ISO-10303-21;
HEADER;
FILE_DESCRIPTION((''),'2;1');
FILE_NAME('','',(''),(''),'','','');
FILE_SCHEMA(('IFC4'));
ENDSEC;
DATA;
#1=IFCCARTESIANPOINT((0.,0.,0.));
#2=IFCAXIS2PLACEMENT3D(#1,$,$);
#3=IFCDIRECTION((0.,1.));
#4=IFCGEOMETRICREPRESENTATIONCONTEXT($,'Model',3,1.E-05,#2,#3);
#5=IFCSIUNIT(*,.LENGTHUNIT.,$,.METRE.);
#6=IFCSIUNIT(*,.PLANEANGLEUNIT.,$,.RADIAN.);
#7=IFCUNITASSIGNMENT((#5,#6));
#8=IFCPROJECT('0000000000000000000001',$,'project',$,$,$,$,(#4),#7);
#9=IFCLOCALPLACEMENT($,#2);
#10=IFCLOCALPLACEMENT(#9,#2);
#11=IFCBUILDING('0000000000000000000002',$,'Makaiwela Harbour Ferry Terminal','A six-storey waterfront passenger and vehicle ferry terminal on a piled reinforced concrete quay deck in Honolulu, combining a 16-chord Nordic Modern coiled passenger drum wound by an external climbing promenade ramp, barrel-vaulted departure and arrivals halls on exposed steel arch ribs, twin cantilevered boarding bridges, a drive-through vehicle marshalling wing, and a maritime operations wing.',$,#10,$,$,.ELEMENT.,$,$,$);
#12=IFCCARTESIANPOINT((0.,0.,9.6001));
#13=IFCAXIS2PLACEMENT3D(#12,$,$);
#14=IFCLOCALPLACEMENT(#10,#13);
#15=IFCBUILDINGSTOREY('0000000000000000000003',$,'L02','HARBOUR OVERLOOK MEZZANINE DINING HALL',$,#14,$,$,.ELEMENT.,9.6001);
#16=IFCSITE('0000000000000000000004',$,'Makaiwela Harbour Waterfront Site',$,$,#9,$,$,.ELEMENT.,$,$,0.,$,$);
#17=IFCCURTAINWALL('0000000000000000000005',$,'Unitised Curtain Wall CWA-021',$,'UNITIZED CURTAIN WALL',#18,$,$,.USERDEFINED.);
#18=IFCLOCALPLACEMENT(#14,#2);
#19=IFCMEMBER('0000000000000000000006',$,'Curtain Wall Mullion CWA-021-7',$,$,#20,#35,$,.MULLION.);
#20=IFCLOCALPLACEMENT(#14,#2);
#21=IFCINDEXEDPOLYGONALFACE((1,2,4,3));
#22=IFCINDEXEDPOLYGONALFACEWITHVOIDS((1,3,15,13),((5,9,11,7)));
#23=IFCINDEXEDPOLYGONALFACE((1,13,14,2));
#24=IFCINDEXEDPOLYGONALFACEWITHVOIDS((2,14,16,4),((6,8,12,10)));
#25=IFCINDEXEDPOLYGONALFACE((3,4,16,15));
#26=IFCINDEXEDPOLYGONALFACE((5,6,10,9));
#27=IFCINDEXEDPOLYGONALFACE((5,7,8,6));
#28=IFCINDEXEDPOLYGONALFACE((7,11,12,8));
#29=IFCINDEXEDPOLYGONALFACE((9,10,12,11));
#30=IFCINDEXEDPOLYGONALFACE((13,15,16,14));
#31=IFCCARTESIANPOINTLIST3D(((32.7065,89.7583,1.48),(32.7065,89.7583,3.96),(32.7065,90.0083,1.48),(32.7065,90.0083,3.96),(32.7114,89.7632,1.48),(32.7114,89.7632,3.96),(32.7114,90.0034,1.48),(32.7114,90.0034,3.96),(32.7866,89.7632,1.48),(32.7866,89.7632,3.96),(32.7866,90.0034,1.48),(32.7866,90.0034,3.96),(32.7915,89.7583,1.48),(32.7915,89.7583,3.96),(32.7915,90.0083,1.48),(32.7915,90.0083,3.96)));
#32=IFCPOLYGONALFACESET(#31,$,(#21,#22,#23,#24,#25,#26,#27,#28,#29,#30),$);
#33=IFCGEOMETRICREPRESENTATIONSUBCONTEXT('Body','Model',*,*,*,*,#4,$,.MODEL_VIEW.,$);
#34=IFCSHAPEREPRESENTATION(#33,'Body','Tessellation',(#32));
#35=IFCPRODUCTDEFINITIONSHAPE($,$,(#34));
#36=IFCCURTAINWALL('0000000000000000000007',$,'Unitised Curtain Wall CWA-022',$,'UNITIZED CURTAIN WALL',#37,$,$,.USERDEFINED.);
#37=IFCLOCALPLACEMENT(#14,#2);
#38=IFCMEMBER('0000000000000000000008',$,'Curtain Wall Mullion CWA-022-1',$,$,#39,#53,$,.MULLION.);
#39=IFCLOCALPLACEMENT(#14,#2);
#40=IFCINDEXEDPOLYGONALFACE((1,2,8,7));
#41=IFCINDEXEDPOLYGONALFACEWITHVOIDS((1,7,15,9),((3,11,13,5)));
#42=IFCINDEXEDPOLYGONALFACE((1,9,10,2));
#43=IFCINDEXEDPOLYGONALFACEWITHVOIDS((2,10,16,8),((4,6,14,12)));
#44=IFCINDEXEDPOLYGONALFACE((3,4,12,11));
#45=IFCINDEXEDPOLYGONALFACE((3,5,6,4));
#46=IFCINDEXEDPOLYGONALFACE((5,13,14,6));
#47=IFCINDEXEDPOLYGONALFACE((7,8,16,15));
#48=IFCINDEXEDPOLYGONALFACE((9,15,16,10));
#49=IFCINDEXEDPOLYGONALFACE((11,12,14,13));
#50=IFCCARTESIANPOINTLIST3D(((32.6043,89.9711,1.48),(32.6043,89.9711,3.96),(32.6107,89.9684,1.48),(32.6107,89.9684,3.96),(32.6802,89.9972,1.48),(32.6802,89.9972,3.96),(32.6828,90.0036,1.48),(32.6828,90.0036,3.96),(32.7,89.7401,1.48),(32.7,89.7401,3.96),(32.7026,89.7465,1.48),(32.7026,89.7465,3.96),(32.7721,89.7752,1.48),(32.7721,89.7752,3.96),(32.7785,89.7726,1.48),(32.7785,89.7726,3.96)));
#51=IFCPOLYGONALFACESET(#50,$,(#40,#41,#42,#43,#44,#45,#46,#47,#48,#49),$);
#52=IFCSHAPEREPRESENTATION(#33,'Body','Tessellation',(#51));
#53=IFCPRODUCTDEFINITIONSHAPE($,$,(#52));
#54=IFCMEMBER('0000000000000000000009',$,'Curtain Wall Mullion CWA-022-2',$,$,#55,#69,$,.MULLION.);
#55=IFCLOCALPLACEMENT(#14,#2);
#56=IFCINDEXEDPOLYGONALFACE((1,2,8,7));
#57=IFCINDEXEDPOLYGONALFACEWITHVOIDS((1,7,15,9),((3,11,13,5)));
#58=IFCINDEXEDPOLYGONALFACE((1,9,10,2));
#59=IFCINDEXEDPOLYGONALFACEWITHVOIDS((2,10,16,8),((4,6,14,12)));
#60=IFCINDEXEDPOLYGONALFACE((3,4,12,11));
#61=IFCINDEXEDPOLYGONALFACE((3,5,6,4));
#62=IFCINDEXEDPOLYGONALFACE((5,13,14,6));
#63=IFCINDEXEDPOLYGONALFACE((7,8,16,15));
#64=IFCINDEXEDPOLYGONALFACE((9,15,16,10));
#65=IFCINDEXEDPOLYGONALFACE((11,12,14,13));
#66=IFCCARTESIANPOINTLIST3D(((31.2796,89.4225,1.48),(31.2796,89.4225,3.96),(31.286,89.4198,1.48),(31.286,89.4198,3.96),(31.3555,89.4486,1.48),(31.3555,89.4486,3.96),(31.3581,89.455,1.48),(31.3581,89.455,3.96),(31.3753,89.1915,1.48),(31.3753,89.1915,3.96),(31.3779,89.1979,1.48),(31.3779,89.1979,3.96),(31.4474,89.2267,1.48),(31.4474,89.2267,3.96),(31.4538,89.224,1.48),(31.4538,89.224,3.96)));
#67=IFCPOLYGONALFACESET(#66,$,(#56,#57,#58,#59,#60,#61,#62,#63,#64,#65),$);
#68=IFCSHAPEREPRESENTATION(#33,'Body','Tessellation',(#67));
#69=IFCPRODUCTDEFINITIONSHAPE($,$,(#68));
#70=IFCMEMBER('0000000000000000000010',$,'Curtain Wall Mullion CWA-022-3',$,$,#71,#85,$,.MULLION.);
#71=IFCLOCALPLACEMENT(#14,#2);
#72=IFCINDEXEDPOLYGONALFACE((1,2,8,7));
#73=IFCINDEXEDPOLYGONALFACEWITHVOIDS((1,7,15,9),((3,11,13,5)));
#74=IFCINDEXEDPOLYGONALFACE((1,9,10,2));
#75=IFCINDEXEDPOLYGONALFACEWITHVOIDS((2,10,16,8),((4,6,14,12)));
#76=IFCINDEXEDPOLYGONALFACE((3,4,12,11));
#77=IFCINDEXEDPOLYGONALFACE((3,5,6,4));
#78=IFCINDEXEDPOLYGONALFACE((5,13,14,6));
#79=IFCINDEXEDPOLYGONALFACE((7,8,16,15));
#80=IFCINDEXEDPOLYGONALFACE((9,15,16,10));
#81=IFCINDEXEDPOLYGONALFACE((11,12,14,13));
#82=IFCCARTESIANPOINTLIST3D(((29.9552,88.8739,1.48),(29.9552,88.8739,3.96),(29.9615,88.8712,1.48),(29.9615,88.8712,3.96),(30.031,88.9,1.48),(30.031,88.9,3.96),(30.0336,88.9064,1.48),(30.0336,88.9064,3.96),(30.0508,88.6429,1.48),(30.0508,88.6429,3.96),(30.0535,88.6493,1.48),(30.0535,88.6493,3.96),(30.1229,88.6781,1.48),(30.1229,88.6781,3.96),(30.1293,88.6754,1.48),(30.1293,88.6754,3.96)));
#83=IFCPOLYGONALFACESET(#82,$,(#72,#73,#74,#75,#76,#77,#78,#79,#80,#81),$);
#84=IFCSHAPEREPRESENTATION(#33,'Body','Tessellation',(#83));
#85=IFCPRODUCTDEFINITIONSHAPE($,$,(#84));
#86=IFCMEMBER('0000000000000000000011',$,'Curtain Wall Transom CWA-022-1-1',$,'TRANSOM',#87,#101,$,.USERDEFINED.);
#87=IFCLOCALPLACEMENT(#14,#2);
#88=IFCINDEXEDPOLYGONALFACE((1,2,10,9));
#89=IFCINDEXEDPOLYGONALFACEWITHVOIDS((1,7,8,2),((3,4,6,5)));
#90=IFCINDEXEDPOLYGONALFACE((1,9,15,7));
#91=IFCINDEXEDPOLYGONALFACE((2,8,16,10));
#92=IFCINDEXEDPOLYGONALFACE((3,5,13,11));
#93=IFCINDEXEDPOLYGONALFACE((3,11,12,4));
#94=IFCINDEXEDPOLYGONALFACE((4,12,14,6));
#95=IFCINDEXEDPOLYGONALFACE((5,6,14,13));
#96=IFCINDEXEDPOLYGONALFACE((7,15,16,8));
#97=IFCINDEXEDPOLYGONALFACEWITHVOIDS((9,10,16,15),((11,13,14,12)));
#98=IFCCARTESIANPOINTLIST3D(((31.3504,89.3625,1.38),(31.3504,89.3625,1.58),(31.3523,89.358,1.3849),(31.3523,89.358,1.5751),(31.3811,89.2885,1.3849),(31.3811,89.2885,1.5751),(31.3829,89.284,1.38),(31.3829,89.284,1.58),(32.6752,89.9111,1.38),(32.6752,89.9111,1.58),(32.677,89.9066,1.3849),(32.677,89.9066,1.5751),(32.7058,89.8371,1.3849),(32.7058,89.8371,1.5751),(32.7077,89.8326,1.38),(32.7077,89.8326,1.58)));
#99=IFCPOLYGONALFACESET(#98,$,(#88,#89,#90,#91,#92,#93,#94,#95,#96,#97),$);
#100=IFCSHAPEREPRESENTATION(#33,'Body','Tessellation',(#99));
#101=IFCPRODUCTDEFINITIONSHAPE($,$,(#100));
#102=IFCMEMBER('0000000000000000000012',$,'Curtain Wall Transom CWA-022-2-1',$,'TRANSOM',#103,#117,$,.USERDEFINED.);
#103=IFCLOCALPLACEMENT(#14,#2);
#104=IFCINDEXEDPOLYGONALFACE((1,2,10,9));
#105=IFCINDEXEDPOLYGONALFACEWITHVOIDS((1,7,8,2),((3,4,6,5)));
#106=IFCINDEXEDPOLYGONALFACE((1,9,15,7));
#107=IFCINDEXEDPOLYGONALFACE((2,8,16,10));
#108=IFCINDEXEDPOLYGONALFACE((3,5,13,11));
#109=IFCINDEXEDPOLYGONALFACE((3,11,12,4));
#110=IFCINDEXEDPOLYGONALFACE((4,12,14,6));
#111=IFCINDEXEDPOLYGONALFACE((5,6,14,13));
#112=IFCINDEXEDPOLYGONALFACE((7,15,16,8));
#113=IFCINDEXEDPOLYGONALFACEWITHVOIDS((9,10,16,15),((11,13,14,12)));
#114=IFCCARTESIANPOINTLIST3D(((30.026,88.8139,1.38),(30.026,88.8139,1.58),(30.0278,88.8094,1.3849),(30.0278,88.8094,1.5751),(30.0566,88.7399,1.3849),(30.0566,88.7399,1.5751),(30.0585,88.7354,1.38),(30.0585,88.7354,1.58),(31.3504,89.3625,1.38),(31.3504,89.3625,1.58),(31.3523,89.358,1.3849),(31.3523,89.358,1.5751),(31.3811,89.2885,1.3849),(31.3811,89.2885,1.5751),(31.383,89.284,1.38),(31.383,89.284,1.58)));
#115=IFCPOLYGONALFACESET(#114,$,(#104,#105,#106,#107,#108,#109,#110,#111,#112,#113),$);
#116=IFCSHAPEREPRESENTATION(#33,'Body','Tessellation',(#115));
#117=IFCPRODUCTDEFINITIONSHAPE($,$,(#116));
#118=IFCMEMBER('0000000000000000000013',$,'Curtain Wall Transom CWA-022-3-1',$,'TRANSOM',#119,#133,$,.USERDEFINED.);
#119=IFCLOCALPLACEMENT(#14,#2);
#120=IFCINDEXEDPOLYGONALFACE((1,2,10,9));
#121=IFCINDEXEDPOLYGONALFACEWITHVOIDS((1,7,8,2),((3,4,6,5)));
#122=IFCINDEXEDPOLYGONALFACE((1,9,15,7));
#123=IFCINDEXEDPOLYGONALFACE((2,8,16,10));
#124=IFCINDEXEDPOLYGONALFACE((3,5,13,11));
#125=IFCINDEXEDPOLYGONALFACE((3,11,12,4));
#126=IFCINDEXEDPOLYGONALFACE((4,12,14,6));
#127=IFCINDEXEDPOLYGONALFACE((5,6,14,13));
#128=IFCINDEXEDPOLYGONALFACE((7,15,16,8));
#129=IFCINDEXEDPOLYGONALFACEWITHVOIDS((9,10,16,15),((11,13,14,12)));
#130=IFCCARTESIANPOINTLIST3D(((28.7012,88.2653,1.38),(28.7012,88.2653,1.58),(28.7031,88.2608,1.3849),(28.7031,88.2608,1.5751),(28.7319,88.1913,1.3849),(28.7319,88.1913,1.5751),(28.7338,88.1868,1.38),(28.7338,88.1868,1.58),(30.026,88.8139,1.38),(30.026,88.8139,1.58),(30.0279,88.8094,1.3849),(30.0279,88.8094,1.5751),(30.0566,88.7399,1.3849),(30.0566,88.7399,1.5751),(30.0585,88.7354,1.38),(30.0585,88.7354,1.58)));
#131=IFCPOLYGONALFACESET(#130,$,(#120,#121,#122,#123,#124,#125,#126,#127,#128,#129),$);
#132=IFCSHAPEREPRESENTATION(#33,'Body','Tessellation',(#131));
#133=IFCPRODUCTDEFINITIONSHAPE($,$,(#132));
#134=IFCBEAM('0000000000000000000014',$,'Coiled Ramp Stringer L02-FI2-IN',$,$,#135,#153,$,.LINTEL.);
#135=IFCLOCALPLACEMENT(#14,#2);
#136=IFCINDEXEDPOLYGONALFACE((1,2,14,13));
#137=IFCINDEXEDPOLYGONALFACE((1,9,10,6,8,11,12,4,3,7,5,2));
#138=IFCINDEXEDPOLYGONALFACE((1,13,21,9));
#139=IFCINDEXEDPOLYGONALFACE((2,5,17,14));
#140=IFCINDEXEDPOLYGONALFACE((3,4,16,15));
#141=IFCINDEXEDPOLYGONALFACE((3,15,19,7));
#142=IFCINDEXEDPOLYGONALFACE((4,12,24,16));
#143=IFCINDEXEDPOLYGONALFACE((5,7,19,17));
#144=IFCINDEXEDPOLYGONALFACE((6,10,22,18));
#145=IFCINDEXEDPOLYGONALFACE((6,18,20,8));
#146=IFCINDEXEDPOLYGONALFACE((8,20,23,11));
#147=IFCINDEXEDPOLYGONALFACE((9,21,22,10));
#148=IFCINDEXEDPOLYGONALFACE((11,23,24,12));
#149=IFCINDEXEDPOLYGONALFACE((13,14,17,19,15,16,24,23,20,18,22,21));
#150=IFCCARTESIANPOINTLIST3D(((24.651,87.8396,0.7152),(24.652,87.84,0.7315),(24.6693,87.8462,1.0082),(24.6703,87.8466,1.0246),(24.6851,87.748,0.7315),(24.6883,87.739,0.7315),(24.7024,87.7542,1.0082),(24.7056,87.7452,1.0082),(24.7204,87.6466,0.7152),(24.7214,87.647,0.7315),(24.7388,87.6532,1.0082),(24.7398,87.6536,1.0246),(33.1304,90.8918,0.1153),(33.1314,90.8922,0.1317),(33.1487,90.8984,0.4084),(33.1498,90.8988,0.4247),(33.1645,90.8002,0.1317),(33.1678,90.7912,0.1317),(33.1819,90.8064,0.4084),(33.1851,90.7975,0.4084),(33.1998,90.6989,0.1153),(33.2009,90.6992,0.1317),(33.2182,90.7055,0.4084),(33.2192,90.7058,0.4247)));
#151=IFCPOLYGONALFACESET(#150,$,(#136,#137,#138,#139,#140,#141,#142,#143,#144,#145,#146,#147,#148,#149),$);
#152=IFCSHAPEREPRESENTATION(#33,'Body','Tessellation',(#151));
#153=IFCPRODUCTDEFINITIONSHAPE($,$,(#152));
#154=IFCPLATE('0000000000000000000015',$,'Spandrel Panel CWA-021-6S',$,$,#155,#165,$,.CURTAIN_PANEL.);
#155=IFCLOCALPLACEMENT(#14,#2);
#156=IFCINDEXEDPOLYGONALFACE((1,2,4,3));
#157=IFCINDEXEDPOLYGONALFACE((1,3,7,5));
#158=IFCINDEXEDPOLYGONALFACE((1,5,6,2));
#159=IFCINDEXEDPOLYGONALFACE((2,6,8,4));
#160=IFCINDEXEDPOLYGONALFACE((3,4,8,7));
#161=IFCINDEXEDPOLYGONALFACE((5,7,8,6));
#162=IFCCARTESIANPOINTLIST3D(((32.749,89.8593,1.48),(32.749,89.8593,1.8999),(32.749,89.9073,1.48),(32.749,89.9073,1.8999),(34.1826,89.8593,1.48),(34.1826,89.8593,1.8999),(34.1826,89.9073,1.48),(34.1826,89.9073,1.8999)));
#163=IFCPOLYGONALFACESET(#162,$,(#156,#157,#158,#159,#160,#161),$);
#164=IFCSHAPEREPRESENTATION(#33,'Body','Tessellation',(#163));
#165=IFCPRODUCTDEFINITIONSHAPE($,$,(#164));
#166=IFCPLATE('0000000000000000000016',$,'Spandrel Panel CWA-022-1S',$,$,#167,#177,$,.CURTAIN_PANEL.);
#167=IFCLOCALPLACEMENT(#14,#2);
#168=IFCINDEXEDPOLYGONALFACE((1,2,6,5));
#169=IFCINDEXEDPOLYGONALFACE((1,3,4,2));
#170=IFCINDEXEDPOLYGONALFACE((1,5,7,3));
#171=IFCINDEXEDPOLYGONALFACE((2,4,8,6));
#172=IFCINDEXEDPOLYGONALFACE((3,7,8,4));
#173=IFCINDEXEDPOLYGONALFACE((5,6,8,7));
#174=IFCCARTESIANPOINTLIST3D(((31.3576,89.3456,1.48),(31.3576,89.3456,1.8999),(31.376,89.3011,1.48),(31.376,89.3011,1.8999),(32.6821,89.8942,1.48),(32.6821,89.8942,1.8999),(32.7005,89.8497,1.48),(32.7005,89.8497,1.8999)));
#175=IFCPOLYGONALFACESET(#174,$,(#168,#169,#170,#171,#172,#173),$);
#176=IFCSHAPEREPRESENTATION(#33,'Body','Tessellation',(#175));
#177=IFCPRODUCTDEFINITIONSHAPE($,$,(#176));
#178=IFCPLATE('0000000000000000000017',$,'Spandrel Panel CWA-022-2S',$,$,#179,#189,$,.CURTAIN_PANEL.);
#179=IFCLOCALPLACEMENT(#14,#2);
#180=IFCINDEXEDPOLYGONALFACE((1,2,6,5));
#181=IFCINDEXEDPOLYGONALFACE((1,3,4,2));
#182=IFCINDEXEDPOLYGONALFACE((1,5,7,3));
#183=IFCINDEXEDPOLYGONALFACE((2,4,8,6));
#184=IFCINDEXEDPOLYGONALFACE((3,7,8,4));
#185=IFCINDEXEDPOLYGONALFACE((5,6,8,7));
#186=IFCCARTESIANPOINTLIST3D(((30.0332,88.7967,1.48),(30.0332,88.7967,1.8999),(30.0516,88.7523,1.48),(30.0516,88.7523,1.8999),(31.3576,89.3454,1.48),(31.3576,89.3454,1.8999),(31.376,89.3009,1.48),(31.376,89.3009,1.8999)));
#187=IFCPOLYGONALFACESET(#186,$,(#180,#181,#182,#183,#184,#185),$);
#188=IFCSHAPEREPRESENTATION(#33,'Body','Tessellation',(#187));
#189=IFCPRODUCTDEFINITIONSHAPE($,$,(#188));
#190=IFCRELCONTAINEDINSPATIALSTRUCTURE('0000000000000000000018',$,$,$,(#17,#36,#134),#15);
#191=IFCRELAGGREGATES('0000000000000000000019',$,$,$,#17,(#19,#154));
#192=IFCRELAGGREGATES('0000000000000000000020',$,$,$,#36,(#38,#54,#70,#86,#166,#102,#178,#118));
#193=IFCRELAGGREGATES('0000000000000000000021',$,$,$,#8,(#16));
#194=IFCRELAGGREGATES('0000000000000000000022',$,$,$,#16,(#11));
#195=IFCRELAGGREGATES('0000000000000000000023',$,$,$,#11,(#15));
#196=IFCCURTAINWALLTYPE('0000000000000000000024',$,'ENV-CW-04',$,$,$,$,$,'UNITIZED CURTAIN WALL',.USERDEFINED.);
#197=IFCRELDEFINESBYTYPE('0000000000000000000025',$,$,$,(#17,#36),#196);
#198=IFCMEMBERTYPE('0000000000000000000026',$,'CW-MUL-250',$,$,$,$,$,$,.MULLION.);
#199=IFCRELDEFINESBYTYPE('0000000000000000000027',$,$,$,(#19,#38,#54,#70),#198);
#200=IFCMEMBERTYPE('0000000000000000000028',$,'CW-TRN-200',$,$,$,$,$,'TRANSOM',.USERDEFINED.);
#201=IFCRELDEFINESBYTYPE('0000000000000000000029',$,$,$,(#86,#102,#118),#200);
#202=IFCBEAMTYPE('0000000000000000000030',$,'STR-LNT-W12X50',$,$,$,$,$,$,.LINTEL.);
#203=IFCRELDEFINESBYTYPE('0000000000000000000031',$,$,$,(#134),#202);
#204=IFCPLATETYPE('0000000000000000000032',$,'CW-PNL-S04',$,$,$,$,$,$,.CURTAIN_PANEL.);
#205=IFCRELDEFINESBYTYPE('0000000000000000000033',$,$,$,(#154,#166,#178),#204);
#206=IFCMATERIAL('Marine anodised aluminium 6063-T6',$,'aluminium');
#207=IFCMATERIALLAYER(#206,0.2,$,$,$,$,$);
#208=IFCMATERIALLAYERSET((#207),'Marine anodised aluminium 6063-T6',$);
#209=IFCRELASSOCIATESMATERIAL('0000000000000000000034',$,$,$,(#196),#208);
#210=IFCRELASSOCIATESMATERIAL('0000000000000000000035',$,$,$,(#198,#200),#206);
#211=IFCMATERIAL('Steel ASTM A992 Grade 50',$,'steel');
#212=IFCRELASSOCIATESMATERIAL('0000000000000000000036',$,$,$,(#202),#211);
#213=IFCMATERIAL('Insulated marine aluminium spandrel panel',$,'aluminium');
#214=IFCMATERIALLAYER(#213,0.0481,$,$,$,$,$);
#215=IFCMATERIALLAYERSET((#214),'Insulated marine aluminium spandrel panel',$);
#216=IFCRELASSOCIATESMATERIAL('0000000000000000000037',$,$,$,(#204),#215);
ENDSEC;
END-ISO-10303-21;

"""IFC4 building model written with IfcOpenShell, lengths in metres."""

from ifc_helpers import new_model, si_unit, direction, frame, origin, origin_2d, place, context, subcontext, project, spatial, rectangle, hollow_rectangle, i_section, extrude, material, layer, layer_set, material_profile, profile_set, type_object, element, aggregate, save


model = new_model("IFC4")

# Units and contexts
model_context = context("Model", 3, precision=1e-05, world=origin(), true_north=direction((0.0, 1.0)))
body_context = subcontext(model_context, "Body", "Model", "MODEL_VIEW")
ifc_project = project(units=[si_unit("LENGTHUNIT", "METRE"), si_unit("PLANEANGLEUNIT", "RADIAN")], contexts=[model_context])

# Site, building, storey
site_placement = place(None, origin())
site = spatial("IfcSite", under=ifc_project, at=site_placement, Name="Makaiwela Harbour Waterfront Site", CompositionType="ELEMENT", RefElevation=0.0)
building_placement = place(site_placement, origin())
building = spatial("IfcBuilding", under=site, at=building_placement, Name="Makaiwela Harbour Ferry Terminal", Description="A six-storey waterfront passenger and vehicle ferry terminal on a piled reinforced concrete quay deck in Honolulu, combining a 16-chord Nordic Modern coiled passenger drum wound by an external climbing promenade ramp, barrel-vaulted departure and arrivals halls on exposed steel arch ribs, twin cantilevered boarding bridges, a drive-through vehicle marshalling wing, and a maritime operations wing.", CompositionType="ELEMENT")
storey_placement = place(building_placement, frame((0.0, 0.0, 9.6001)))
storey = spatial("IfcBuildingStorey", under=building, at=storey_placement, Name="L02", Description="HARBOUR OVERLOOK MEZZANINE DINING HALL", CompositionType="ELEMENT", Elevation=9.6001)

# Curtain wall, member
ifc_material_1 = material(Name="Marine anodised aluminium 6063-T6", Category="aluminium")
ifc_layer_1 = layer(ifc_material_1, 0.2)
ifc_layer_set_1 = layer_set([ifc_layer_1], Name="Marine anodised aluminium 6063-T6")
curtain_wall_type = type_object("IfcCurtainWallType", Name="ENV-CW-04", ElementType="UNITIZED CURTAIN WALL", PredefinedType="USERDEFINED", material=ifc_layer_set_1)
curtain_wall_1_placement = place(storey_placement, origin())
curtain_wall_1 = element("IfcCurtainWall", 1, at=curtain_wall_1_placement, inside=storey, type_object=curtain_wall_type, Name="Unitised Curtain Wall CWA-021", ObjectType="UNITIZED CURTAIN WALL", PredefinedType="USERDEFINED")
ifc_material_profile_1 = material_profile(ifc_material_1, hollow_rectangle(XDim=0.085, YDim=0.25, WallThickness=0.0049, at=origin_2d()), Name="CWM-250X85")
ifc_profile_set_1 = profile_set([ifc_material_profile_1], Name="Marine anodised aluminium 6063-T6")
member_type_1 = type_object("IfcMemberType", Name="CW-MUL-250", PredefinedType="MULLION", material=ifc_profile_set_1)
member_1_placement = place(storey_placement, frame((32.749, 89.8833, 1.48), z_axis=(0.0, 0.0, 1.0), x_axis=(1.0, 0.0, 0.0)))
member_1 = element("IfcMember", 2, at=member_1_placement, type_object=member_type_1, Name="Curtain Wall Mullion CWA-021-7", PredefinedType="MULLION", context=body_context, shape_type="SweptSolid", body=[
    extrude(hollow_rectangle(XDim=0.085, YDim=0.25, WallThickness=0.0049, at=origin_2d()), origin(), (0.0, 0.0, 1.0), 2.48),
])

# Curtain wall, members
curtain_wall_2_placement = place(storey_placement, origin())
curtain_wall_2 = element("IfcCurtainWall", 3, at=curtain_wall_2_placement, inside=storey, type_object=curtain_wall_type, Name="Unitised Curtain Wall CWA-022", ObjectType="UNITIZED CURTAIN WALL", PredefinedType="USERDEFINED")
member_2_placement = place(storey_placement, frame((32.6914, 89.8718, 1.48), z_axis=(0.0, 0.0, 1.0), x_axis=(0.92388, 0.382683, 0.0)))
member_2 = element("IfcMember", 4, at=member_2_placement, type_object=member_type_1, Name="Curtain Wall Mullion CWA-022-1", PredefinedType="MULLION", context=body_context, shape_type="SweptSolid", body=[
    extrude(hollow_rectangle(XDim=0.085, YDim=0.25, WallThickness=0.0049, at=origin_2d()), origin(), (0.0, 0.0, 1.0), 2.48),
])
member_3_placement = place(storey_placement, frame((31.3667, 89.3232, 1.48), z_axis=(0.0, 0.0, 1.0), x_axis=(0.92388, 0.382683, 0.0)))
member_3 = element("IfcMember", 5, at=member_3_placement, type_object=member_type_1, Name="Curtain Wall Mullion CWA-022-2", PredefinedType="MULLION", context=body_context, shape_type="SweptSolid", body=[
    extrude(hollow_rectangle(XDim=0.085, YDim=0.25, WallThickness=0.0049, at=origin_2d()), origin(), (0.0, 0.0, 1.0), 2.48),
])
member_4_placement = place(storey_placement, frame((30.0422, 88.7747, 1.48), z_axis=(0.0, 0.0, 1.0), x_axis=(0.92388, 0.382683, 0.0)))
member_4 = element("IfcMember", 6, at=member_4_placement, type_object=member_type_1, Name="Curtain Wall Mullion CWA-022-3", PredefinedType="MULLION", context=body_context, shape_type="SweptSolid", body=[
    extrude(hollow_rectangle(XDim=0.085, YDim=0.25, WallThickness=0.0049, at=origin_2d()), origin(), (0.0, 0.0, 1.0), 2.48),
])
ifc_material_profile_2 = material_profile(ifc_material_1, hollow_rectangle(XDim=0.085, YDim=0.2, WallThickness=0.0049, at=origin_2d()), Name="CWT-200X85")
ifc_profile_set_2 = profile_set([ifc_material_profile_2], Name="Marine anodised aluminium 6063-T6")
member_type_2 = type_object("IfcMemberType", Name="CW-TRN-200", ElementType="TRANSOM", PredefinedType="USERDEFINED", material=ifc_profile_set_2)
member_5_placement = place(storey_placement, frame((32.6914, 89.8718, 1.48), z_axis=(-0.923911, -0.382607, 0.0), x_axis=(0.382607, -0.923911, 0.0)))
member_5 = element("IfcMember", 7, at=member_5_placement, type_object=member_type_2, Name="Curtain Wall Transom CWA-022-1-1", ObjectType="TRANSOM", PredefinedType="USERDEFINED", context=body_context, shape_type="SweptSolid", body=[
    extrude(hollow_rectangle(XDim=0.085, YDim=0.2, WallThickness=0.0049, at=origin_2d()), origin(), (0.0, 0.0, 1.0), 1.4338),
])
member_6_placement = place(storey_placement, frame((31.3667, 89.3232, 1.48), z_axis=(-0.923886, -0.382668, 0.0), x_axis=(0.382668, -0.923886, 0.0)))
member_6 = element("IfcMember", 8, at=member_6_placement, type_object=member_type_2, Name="Curtain Wall Transom CWA-022-2-1", ObjectType="TRANSOM", PredefinedType="USERDEFINED", context=body_context, shape_type="SweptSolid", body=[
    extrude(hollow_rectangle(XDim=0.085, YDim=0.2, WallThickness=0.0049, at=origin_2d()), origin(), (0.0, 0.0, 1.0), 1.4336),
])
member_7_placement = place(storey_placement, frame((30.0422, 88.7747, 1.48), z_axis=(-0.923911, -0.382607, 0.0), x_axis=(0.382607, -0.923911, 0.0)))
member_7 = element("IfcMember", 9, at=member_7_placement, type_object=member_type_2, Name="Curtain Wall Transom CWA-022-3-1", ObjectType="TRANSOM", PredefinedType="USERDEFINED", context=body_context, shape_type="SweptSolid", body=[
    extrude(hollow_rectangle(XDim=0.085, YDim=0.2, WallThickness=0.0049, at=origin_2d()), origin(), (0.0, 0.0, 1.0), 1.4338),
])

# Beam
ifc_material_2 = material(Name="Steel ASTM A992 Grade 50", Category="steel")
ifc_material_profile_3 = material_profile(ifc_material_2, i_section(OverallWidth=0.2051, OverallDepth=0.3101, WebThickness=0.0095, FlangeThickness=0.0164, at=origin_2d()), Name="W12X50")
ifc_profile_set_3 = profile_set([ifc_material_profile_3], Name="Steel ASTM A992 Grade 50")
beam_type = type_object("IfcBeamType", Name="STR-LNT-W12X50", PredefinedType="LINTEL", material=ifc_profile_set_3)
beam_placement = place(storey_placement, frame((33.1748, 90.7988, 0.27), z_axis=(-0.938823, -0.337935, 0.066414), x_axis=(0.338683, -0.940901, 0.0)))
element("IfcBeam", 10, at=beam_placement, inside=storey, type_object=beam_type, Name="Coiled Ramp Stringer L02-FI2-IN", PredefinedType="LINTEL", context=body_context, shape_type="SweptSolid", body=[
    extrude(i_section(OverallWidth=0.2051, OverallDepth=0.3101, WebThickness=0.0095, FlangeThickness=0.0164, at=origin_2d()), origin(), (0.0, 0.0, 1.0), 9.032),
])

# Plates
ifc_material_3 = material(Name="Insulated marine aluminium spandrel panel", Category="aluminium")
ifc_layer_2 = layer(ifc_material_3, 0.0481)
ifc_layer_set_2 = layer_set([ifc_layer_2], Name="Insulated marine aluminium spandrel panel")
plate_type_1 = type_object("IfcPlateType", Name="CW-PNL-S04", PredefinedType="CURTAIN_PANEL", material=ifc_layer_set_2)
plate_1_placement = place(storey_placement, frame((33.4658, 89.8833, 1.48), z_axis=(0.0, 0.0, 1.0), x_axis=(-1.0, 0.0, 0.0)))
plate_1 = element("IfcPlate", 11, at=plate_1_placement, type_object=plate_type_1, Name="Spandrel Panel CWA-021-6S", PredefinedType="CURTAIN_PANEL", context=body_context, shape_type="SweptSolid", body=[
    extrude(rectangle(XDim=1.4336, YDim=0.0481, at=origin_2d()), origin(), (0.0, 0.0, 1.0), 0.4199),
])
aggregate(curtain_wall_1, [member_1, plate_1])
plate_2_placement = place(storey_placement, frame((32.0291, 89.5977, 1.48), z_axis=(0.0, 0.0, 1.0), x_axis=(-0.92388, -0.382683, 0.0)))
plate_2 = element("IfcPlate", 12, at=plate_2_placement, type_object=plate_type_1, Name="Spandrel Panel CWA-022-1S", PredefinedType="CURTAIN_PANEL", context=body_context, shape_type="SweptSolid", body=[
    extrude(rectangle(XDim=1.4336, YDim=0.0481, at=origin_2d()), origin(), (0.0, 0.0, 1.0), 0.4199),
])
plate_3_placement = place(storey_placement, frame((30.7046, 89.0488, 1.48), z_axis=(0.0, 0.0, 1.0), x_axis=(-0.92388, -0.382683, 0.0)))
plate_3 = element("IfcPlate", 13, at=plate_3_placement, type_object=plate_type_1, Name="Spandrel Panel CWA-022-2S", PredefinedType="CURTAIN_PANEL", context=body_context, shape_type="SweptSolid", body=[
    extrude(rectangle(XDim=1.4336, YDim=0.0481, at=origin_2d()), origin(), (0.0, 0.0, 1.0), 0.4199),
])
aggregate(curtain_wall_2, [member_2, member_3, member_4, member_5, plate_2, member_6, plate_3, member_7])

save(model, "model.ifc")
